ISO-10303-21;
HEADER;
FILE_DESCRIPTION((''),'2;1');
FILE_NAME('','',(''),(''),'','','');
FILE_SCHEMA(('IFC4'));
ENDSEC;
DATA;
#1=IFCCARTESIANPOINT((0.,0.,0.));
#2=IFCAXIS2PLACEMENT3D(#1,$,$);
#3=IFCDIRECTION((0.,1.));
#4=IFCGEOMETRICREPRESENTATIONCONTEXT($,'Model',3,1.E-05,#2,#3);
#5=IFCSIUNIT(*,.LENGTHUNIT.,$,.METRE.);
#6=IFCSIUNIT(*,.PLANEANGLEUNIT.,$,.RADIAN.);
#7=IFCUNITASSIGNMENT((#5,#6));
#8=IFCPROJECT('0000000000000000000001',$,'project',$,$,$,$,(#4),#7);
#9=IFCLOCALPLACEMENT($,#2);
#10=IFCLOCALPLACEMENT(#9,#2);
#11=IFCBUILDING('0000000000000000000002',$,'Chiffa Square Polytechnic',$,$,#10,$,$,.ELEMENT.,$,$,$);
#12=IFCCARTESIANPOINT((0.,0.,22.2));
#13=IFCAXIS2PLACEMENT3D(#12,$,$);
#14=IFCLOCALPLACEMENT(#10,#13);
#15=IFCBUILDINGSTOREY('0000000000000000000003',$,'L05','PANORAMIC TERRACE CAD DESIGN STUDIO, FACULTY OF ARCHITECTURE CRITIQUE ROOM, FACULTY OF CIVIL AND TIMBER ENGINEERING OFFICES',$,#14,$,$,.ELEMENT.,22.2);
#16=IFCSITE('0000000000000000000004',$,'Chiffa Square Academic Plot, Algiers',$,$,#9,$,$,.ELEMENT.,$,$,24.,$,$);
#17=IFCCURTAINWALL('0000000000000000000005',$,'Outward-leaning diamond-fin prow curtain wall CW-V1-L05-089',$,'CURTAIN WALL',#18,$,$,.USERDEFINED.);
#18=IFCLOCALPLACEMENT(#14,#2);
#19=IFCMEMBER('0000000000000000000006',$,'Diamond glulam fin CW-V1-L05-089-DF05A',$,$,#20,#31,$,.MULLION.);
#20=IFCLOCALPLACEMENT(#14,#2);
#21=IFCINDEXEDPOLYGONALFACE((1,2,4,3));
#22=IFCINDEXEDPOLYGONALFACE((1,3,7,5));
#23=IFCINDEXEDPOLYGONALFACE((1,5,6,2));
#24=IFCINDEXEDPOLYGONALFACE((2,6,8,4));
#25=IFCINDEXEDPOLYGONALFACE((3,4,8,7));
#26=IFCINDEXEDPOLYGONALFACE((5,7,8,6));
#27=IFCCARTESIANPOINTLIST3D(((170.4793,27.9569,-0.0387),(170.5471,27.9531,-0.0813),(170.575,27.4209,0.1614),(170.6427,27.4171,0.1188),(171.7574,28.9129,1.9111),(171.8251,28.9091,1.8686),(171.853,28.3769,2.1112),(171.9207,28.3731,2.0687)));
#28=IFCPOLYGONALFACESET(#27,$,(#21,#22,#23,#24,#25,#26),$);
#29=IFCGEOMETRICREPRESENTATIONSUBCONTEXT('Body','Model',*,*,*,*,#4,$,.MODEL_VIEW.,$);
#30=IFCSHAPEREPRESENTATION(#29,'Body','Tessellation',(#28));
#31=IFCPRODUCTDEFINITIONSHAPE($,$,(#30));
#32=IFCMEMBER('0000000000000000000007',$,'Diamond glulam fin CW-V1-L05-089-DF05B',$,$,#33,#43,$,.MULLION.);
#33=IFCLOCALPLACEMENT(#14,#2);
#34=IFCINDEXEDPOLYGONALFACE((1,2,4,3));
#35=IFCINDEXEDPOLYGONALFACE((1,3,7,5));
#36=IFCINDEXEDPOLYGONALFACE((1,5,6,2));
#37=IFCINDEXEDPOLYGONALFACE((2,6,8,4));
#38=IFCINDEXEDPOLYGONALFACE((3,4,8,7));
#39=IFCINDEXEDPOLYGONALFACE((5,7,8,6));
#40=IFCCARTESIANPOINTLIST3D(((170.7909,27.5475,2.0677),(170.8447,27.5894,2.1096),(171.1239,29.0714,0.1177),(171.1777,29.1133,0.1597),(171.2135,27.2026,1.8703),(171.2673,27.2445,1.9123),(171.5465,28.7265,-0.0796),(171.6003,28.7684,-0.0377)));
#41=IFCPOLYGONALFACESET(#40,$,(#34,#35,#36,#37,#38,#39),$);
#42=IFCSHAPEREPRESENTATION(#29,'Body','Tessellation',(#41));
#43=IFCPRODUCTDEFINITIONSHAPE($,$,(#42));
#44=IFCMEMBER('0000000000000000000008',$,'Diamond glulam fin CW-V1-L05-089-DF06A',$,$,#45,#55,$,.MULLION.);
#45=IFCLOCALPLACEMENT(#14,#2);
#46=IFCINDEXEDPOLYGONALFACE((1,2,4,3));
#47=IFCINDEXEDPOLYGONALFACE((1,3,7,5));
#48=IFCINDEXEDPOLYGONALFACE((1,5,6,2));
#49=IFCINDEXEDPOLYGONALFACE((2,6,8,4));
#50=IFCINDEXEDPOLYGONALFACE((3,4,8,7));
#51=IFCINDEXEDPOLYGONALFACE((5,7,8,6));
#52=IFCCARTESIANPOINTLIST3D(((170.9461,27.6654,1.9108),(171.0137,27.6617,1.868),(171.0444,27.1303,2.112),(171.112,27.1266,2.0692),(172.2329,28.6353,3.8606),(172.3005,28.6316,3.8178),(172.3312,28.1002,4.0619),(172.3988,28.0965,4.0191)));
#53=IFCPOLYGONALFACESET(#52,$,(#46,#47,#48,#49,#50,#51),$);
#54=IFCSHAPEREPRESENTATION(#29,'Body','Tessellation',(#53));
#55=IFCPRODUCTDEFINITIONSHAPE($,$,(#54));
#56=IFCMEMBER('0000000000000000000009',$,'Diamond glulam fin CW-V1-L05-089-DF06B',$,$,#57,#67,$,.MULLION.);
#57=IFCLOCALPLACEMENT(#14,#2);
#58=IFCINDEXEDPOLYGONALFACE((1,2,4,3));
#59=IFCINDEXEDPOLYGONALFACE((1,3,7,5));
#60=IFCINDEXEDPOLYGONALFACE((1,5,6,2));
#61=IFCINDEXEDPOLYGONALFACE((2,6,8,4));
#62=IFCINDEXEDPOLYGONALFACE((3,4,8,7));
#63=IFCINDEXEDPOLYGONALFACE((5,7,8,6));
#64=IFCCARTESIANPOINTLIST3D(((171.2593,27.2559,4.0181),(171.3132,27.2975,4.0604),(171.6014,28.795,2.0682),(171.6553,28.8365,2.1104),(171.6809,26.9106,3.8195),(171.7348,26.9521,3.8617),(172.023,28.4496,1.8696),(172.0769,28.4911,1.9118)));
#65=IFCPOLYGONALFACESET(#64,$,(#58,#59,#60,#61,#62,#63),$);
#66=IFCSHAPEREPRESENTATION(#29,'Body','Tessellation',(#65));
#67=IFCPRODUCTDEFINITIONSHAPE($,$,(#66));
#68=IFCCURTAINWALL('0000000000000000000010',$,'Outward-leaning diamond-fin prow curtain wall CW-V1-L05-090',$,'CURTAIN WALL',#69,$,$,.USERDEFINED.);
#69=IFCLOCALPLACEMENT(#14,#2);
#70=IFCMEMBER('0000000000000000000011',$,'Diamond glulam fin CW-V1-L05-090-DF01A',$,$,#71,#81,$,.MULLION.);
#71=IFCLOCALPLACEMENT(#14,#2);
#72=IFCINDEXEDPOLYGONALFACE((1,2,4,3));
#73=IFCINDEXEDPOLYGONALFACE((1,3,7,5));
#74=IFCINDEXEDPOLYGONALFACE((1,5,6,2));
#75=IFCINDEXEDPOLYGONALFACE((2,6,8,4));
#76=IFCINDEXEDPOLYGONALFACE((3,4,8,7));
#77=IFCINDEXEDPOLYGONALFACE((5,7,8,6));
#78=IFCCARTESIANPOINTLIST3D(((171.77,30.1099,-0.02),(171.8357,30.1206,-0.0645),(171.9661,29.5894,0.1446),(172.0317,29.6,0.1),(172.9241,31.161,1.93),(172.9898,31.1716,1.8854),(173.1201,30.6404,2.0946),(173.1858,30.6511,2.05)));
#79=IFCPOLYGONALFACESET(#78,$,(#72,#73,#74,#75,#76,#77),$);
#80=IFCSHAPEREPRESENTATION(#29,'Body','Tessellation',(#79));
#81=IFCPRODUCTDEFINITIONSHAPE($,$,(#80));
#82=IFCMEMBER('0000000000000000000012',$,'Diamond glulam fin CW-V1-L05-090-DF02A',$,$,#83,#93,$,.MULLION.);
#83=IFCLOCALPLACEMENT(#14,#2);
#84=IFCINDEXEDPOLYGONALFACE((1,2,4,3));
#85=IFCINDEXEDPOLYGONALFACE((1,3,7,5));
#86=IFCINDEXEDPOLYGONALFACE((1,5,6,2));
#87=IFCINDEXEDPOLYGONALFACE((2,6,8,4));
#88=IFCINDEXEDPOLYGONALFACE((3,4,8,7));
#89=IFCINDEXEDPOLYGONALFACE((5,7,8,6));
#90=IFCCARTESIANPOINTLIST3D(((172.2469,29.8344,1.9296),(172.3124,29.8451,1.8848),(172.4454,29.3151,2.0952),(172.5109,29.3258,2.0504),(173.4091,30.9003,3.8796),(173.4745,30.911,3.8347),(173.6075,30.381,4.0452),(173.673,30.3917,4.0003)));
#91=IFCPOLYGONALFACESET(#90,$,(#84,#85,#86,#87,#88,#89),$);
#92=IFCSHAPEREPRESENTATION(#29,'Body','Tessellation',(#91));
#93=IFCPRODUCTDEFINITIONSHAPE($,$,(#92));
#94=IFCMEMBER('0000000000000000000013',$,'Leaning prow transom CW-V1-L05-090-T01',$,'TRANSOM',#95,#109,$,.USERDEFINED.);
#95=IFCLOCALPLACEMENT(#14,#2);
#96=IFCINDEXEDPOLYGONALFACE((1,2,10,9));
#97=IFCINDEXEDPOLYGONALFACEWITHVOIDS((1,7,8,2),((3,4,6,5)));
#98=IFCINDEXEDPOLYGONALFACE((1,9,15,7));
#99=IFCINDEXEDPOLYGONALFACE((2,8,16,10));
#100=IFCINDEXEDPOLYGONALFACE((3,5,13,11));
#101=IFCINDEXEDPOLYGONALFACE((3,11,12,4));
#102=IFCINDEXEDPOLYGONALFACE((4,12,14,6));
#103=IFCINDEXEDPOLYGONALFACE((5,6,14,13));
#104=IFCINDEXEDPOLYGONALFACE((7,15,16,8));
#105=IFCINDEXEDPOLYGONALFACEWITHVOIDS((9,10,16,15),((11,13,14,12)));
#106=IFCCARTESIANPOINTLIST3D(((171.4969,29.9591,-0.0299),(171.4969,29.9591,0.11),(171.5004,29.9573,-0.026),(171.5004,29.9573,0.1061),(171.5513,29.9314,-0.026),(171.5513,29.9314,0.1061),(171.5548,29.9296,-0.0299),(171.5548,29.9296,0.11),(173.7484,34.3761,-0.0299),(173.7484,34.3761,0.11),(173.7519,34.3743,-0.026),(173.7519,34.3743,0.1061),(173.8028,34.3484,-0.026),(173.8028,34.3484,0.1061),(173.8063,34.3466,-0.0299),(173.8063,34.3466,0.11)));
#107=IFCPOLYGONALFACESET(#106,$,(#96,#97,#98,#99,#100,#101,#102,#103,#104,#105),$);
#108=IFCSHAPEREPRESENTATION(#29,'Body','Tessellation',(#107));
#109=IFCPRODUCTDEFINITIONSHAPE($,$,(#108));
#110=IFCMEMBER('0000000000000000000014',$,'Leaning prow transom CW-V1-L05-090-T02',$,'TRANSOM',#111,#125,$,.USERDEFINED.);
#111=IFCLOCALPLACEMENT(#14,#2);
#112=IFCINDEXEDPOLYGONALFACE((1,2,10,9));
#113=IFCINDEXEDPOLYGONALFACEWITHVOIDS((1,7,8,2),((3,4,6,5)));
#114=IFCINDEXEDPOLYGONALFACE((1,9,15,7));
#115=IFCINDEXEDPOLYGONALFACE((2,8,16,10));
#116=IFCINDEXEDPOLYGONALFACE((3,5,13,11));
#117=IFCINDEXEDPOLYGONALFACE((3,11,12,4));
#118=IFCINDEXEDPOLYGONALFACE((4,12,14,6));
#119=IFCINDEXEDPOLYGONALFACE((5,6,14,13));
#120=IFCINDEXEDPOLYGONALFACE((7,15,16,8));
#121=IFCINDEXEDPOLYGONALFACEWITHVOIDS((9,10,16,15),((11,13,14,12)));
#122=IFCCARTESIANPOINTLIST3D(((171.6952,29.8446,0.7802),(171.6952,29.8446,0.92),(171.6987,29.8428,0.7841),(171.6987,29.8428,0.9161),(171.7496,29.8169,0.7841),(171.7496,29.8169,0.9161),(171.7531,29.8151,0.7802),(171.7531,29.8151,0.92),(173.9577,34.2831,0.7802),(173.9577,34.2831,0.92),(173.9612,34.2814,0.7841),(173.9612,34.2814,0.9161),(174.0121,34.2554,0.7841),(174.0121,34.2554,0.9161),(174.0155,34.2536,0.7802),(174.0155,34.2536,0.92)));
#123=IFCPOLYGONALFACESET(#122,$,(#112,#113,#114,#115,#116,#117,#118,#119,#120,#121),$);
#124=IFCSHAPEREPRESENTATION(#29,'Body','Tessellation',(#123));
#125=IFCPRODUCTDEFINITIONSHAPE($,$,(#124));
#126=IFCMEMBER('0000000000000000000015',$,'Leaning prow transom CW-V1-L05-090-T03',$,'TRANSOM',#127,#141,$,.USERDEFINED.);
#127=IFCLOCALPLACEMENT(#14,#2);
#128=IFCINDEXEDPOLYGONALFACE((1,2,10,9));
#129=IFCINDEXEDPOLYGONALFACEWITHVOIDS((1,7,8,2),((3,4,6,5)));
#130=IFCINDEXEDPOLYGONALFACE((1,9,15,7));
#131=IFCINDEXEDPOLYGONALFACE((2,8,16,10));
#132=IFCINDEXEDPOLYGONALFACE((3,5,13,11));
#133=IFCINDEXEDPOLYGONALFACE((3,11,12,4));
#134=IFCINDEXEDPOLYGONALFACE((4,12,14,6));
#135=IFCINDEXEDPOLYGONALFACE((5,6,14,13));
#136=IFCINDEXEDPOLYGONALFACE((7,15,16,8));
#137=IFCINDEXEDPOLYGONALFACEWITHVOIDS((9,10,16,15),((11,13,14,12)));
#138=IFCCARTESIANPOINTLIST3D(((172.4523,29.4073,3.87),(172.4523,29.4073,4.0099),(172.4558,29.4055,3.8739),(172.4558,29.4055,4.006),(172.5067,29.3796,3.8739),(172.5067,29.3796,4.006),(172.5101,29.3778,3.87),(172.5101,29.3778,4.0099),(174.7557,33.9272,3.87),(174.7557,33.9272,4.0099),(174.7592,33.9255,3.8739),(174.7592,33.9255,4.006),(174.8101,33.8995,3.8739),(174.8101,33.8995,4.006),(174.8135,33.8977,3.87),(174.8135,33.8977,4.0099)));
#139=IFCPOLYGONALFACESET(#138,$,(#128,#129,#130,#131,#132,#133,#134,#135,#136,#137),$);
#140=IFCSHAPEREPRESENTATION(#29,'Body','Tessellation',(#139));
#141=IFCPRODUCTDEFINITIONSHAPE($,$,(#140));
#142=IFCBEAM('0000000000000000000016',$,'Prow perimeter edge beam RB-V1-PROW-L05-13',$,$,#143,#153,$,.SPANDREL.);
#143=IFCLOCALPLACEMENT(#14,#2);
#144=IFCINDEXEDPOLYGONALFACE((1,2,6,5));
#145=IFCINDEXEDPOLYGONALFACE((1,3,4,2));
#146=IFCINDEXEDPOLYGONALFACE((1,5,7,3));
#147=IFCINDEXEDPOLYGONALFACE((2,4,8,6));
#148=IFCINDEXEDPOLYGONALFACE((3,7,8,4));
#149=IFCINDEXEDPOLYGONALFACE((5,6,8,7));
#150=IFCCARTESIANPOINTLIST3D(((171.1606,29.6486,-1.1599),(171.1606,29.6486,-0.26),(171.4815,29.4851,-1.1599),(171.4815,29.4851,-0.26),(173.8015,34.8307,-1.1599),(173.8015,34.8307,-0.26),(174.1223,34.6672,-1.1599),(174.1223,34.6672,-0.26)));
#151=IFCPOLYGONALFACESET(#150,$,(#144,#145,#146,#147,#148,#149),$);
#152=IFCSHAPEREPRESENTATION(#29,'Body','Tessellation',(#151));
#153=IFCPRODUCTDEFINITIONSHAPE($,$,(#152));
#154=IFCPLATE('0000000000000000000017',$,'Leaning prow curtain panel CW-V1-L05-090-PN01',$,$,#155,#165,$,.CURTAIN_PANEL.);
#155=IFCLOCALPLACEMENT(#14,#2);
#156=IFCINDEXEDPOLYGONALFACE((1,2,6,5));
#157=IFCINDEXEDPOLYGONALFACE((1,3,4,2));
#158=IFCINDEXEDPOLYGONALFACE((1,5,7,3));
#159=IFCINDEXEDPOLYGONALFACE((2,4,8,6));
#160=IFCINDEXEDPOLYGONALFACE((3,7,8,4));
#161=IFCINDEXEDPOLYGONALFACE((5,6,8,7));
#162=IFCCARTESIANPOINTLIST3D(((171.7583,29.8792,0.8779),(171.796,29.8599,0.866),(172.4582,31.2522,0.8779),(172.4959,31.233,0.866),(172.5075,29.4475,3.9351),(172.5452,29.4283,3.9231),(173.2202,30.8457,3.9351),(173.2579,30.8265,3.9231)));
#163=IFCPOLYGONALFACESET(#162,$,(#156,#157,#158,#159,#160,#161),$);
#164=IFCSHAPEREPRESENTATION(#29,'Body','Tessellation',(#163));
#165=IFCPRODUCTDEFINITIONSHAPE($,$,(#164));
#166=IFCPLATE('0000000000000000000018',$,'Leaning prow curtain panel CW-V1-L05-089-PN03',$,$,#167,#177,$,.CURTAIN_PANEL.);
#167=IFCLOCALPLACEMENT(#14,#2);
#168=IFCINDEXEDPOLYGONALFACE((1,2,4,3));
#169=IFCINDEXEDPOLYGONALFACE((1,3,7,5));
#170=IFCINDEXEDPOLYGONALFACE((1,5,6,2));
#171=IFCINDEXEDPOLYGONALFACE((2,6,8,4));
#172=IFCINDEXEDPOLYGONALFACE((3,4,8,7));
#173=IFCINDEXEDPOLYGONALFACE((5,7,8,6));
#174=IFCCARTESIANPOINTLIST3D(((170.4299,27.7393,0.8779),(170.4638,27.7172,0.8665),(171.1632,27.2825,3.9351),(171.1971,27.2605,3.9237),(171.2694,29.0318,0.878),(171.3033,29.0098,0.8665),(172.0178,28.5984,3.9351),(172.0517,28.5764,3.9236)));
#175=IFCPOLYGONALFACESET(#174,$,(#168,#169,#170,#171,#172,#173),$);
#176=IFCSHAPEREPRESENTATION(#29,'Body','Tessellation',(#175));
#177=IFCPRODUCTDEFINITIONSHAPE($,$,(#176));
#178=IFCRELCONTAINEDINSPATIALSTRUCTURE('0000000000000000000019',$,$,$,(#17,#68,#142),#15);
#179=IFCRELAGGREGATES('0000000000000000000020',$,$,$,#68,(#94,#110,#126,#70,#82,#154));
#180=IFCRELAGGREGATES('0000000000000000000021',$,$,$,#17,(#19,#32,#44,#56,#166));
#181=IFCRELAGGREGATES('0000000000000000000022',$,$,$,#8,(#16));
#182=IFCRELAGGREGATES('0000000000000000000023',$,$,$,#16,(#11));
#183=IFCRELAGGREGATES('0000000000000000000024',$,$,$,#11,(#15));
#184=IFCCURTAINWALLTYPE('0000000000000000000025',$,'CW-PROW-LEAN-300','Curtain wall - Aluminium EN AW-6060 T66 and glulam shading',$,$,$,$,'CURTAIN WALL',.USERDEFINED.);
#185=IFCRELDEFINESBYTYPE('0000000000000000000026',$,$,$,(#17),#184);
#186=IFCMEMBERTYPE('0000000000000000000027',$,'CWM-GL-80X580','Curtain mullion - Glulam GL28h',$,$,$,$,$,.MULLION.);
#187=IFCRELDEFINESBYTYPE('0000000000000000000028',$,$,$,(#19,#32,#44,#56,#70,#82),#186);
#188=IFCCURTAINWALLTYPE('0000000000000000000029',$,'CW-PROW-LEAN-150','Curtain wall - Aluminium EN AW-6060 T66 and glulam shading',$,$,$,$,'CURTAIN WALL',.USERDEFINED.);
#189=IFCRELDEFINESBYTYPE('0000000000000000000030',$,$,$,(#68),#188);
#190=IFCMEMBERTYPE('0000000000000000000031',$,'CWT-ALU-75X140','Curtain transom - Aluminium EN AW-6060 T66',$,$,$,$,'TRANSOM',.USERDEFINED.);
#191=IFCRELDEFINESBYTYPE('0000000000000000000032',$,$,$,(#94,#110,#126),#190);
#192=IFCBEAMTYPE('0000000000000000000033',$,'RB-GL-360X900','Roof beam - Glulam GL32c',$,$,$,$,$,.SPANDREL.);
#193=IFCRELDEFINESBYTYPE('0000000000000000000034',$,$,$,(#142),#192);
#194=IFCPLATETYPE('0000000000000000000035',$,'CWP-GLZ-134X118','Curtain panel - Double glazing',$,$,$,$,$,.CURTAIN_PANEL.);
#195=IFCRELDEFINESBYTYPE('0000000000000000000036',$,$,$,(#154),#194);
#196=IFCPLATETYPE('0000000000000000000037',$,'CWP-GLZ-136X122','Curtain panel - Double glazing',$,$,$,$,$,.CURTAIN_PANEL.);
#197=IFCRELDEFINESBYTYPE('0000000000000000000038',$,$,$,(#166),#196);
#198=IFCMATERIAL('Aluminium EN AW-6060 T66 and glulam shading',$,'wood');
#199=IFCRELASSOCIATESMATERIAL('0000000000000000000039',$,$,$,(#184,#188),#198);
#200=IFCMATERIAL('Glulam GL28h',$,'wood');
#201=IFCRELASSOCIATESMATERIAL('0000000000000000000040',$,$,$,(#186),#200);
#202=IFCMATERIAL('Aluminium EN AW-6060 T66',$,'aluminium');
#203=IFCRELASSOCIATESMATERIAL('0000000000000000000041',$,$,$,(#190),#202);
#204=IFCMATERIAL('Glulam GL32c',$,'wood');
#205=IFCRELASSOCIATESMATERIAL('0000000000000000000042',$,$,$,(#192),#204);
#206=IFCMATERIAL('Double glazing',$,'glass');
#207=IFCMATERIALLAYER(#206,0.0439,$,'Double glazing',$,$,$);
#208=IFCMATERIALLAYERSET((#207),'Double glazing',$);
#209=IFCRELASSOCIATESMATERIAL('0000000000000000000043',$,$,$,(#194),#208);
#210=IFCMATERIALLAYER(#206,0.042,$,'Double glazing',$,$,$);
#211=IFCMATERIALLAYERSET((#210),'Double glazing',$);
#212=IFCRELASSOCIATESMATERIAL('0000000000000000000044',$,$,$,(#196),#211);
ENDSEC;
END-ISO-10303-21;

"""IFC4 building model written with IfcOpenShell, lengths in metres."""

from ifc_helpers import new_model, si_unit, direction, frame, origin, origin_2d, place, context, subcontext, project, spatial, polyline, rectangle, hollow_rectangle, outline, extrude, material, layer, layer_set, material_profile, profile_set, type_object, element, aggregate, save


model = new_model("IFC4")

# Units and contexts
model_context = context("Model", 3, precision=1e-05, world=origin(), true_north=direction((0.0, 1.0)))
body_context = subcontext(model_context, "Body", "Model", "MODEL_VIEW")
ifc_project = project(units=[si_unit("LENGTHUNIT", "METRE"), si_unit("PLANEANGLEUNIT", "RADIAN")], contexts=[model_context])

# Site, building, storey
site_placement = place(None, origin())
site = spatial("IfcSite", under=ifc_project, at=site_placement, Name="Chiffa Square Academic Plot, Algiers", CompositionType="ELEMENT", RefElevation=24.0)
building_placement = place(site_placement, origin())
building = spatial("IfcBuilding", under=site, at=building_placement, Name="Chiffa Square Polytechnic", CompositionType="ELEMENT")
storey_placement = place(building_placement, frame((0.0, 0.0, 22.2)))
storey = spatial("IfcBuildingStorey", under=building, at=storey_placement, Name="L05", Description="PANORAMIC TERRACE CAD DESIGN STUDIO, FACULTY OF ARCHITECTURE CRITIQUE ROOM, FACULTY OF CIVIL AND TIMBER ENGINEERING OFFICES", CompositionType="ELEMENT", Elevation=22.2)

# Shared definitions
ifc_material_1 = material(Name="Glulam GL32c", Category="wood")

# Curtain walls, members
ifc_material_2 = material(Name="Aluminium EN AW-6060 T66 and glulam shading", Category="wood")
curtain_wall_type_1 = type_object("IfcCurtainWallType", Name="CW-PROW-LEAN-300", Description="Curtain wall - Aluminium EN AW-6060 T66 and glulam shading", ElementType="CURTAIN WALL", PredefinedType="USERDEFINED", material=ifc_material_2)
curtain_wall_1_placement = place(storey_placement, origin())
curtain_wall_1 = element("IfcCurtainWall", 1, at=curtain_wall_1_placement, inside=storey, type_object=curtain_wall_type_1, Name="Outward-leaning diamond-fin prow curtain wall CW-V1-L05-089", ObjectType="CURTAIN WALL", PredefinedType="USERDEFINED")
ifc_material_3 = material(Name="Aluminium EN AW-6060 T66", Category="aluminium")
ifc_material_4 = material(Name="Glulam GL28h", Category="wood")
ifc_material_profile_1 = material_profile(ifc_material_4, rectangle(XDim=0.0801, YDim=0.5801, at=origin_2d()), Name="GL28h 80x580")
ifc_profile_set_1 = profile_set([ifc_material_profile_1], Name="Glulam GL28h")
member_type_1 = type_object("IfcMemberType", Name="CWM-GL-80X580", Description="Curtain mullion - Glulam GL28h", PredefinedType="MULLION", material=ifc_profile_set_1)
member_1_placement = place(storey_placement, frame((170.561, 27.687, 0.04), z_axis=(0.507196, 0.379404, 0.773825), x_axis=(-0.845912, 0.047382, 0.531214)))
member_1 = element("IfcMember", 2, at=member_1_placement, type_object=member_type_1, Name="Diamond glulam fin CW-V1-L05-089-DF05A", PredefinedType="MULLION", context=body_context, shape_type="SweptSolid", body=[
    extrude(rectangle(XDim=0.0801, YDim=0.5801, at=origin_2d()), origin(), (0.0, 0.0, 1.0), 2.5198),
])
member_2_placement = place(storey_placement, frame((171.3621, 28.9199, 0.04), z_axis=(-0.133357, -0.610276, 0.780883), x_axis=(0.671894, 0.523536, 0.523898)))
member_2 = element("IfcMember", 3, at=member_2_placement, type_object=member_type_1, Name="Diamond glulam fin CW-V1-L05-089-DF05B", PredefinedType="MULLION", context=body_context, shape_type="SweptSolid", body=[
    extrude(rectangle(XDim=0.0801, YDim=0.5801, at=origin_2d()), origin(), (0.0, 0.0, 1.0), 2.4971),
])
member_3_placement = place(storey_placement, frame((171.0291, 27.396, 1.99), z_axis=(0.508711, 0.383439, 0.770836), x_axis=(-0.844077, 0.045805, 0.534262)))
member_3 = element("IfcMember", 4, at=member_3_placement, type_object=member_type_1, Name="Diamond glulam fin CW-V1-L05-089-DF06A", PredefinedType="MULLION", context=body_context, shape_type="SweptSolid", body=[
    extrude(rectangle(XDim=0.0801, YDim=0.5801, at=origin_2d()), origin(), (0.0, 0.0, 1.0), 2.5295),
])
member_4_placement = place(storey_placement, frame((171.8391, 28.6431, 1.99), z_axis=(-0.136402, -0.613761, 0.777619), x_axis=(0.673153, 0.518476, 0.527302)))
member_4 = element("IfcMember", 5, at=member_4_placement, type_object=member_type_1, Name="Diamond glulam fin CW-V1-L05-089-DF06B", PredefinedType="MULLION", context=body_context, shape_type="SweptSolid", body=[
    extrude(rectangle(XDim=0.0801, YDim=0.5801, at=origin_2d()), origin(), (0.0, 0.0, 1.0), 2.5076),
])
curtain_wall_type_2 = type_object("IfcCurtainWallType", Name="CW-PROW-LEAN-150", Description="Curtain wall - Aluminium EN AW-6060 T66 and glulam shading", ElementType="CURTAIN WALL", PredefinedType="USERDEFINED", material=ifc_material_2)
curtain_wall_2_placement = place(storey_placement, origin())
curtain_wall_2 = element("IfcCurtainWall", 6, at=curtain_wall_2_placement, inside=storey, type_object=curtain_wall_type_2, Name="Outward-leaning diamond-fin prow curtain wall CW-V1-L05-090", ObjectType="CURTAIN WALL", PredefinedType="USERDEFINED")
member_5_placement = place(storey_placement, frame((171.9009, 29.855, 0.04), z_axis=(0.462035, 0.420787, 0.78068), x_axis=(-0.819964, -0.132713, 0.556817)))
member_5 = element("IfcMember", 7, at=member_5_placement, type_object=member_type_1, Name="Diamond glulam fin CW-V1-L05-090-DF01A", PredefinedType="MULLION", context=body_context, shape_type="SweptSolid", body=[
    extrude(rectangle(XDim=0.0801, YDim=0.5801, at=origin_2d()), origin(), (0.0, 0.0, 1.0), 2.4978),
])
member_6_placement = place(storey_placement, frame((172.3789, 29.5801, 1.99), z_axis=(0.463401, 0.425043, 0.777559), x_axis=(-0.81744, -0.133737, 0.560274)))
member_6 = element("IfcMember", 8, at=member_6_placement, type_object=member_type_1, Name="Diamond glulam fin CW-V1-L05-090-DF02A", PredefinedType="MULLION", context=body_context, shape_type="SweptSolid", body=[
    extrude(rectangle(XDim=0.0801, YDim=0.5801, at=origin_2d()), origin(), (0.0, 0.0, 1.0), 2.5078),
])
ifc_material_profile_2 = material_profile(ifc_material_3, hollow_rectangle(XDim=0.0649, YDim=0.1399, WallThickness=0.0039, at=origin_2d()), Name="ALU 65x140x4")
ifc_profile_set_2 = profile_set([ifc_material_profile_2], Name="Aluminium EN AW-6060 T66")
member_type_2 = type_object("IfcMemberType", Name="CWT-ALU-75X140", Description="Curtain transom - Aluminium EN AW-6060 T66", ElementType="TRANSOM", PredefinedType="USERDEFINED", material=ifc_profile_set_2)
member_7_placement = place(storey_placement, frame((171.5259, 29.9443, 0.04), z_axis=(0.454134, 0.890933, 0.0), x_axis=(-0.890933, 0.454134, 0.0)))
member_7 = element("IfcMember", 9, at=member_7_placement, type_object=member_type_2, Name="Leaning prow transom CW-V1-L05-090-T01", ObjectType="TRANSOM", PredefinedType="USERDEFINED", context=body_context, shape_type="SweptSolid", body=[
    extrude(hollow_rectangle(XDim=0.0649, YDim=0.1399, WallThickness=0.0039, at=origin_2d()), origin(), (0.0, 0.0, 1.0), 4.9578),
])
member_8_placement = place(storey_placement, frame((171.7241, 29.8298, 0.8501), z_axis=(0.454139, 0.890931, 0.0), x_axis=(-0.890931, 0.454139, 0.0)))
member_8 = element("IfcMember", 10, at=member_8_placement, type_object=member_type_2, Name="Leaning prow transom CW-V1-L05-090-T02", ObjectType="TRANSOM", PredefinedType="USERDEFINED", context=body_context, shape_type="SweptSolid", body=[
    extrude(hollow_rectangle(XDim=0.0649, YDim=0.1399, WallThickness=0.0039, at=origin_2d()), origin(), (0.0, 0.0, 1.0), 4.9819),
])
member_9_placement = place(storey_placement, frame((172.4812, 29.3926, 3.9399), z_axis=(0.454053, 0.890974, 0.0), x_axis=(-0.890974, 0.454053, 0.0)))
member_9 = element("IfcMember", 11, at=member_9_placement, type_object=member_type_2, Name="Leaning prow transom CW-V1-L05-090-T03", ObjectType="TRANSOM", PredefinedType="USERDEFINED", context=body_context, shape_type="SweptSolid", body=[
    extrude(hollow_rectangle(XDim=0.0649, YDim=0.1399, WallThickness=0.0039, at=origin_2d()), origin(), (0.0, 0.0, 1.0), 5.073),
])

# Beam
ifc_material_profile_3 = material_profile(ifc_material_1, rectangle(XDim=0.3601, YDim=0.8999, at=origin_2d()), Name="GL32c 360x900")
ifc_profile_set_3 = profile_set([ifc_material_profile_3], Name="Glulam GL32c")
beam_type_1 = type_object("IfcBeamType", Name="RB-GL-360X900", Description="Roof beam - Glulam GL32c", PredefinedType="SPANDREL", material=ifc_profile_set_3)
beam_1_placement = place(storey_placement, frame((171.321, 29.5669, -0.71), z_axis=(0.454051, 0.890976, 0.0), x_axis=(-0.890976, 0.454051, 0.0)))
element("IfcBeam", 12, at=beam_1_placement, inside=storey, type_object=beam_type_1, Name="Prow perimeter edge beam RB-V1-PROW-L05-13", PredefinedType="SPANDREL", context=body_context, shape_type="SweptSolid", body=[
    extrude(rectangle(XDim=0.3601, YDim=0.8999, at=origin_2d()), origin(), (0.0, 0.0, 1.0), 5.8162),
])

# Plates
ifc_material_5 = material(Name="Double glazing", Category="glass")
ifc_layer_1 = layer(ifc_material_5, 0.0439, Name="Double glazing")
ifc_layer_set_1 = layer_set([ifc_layer_1], Name="Double glazing")
plate_type_1 = type_object("IfcPlateType", Name="CWP-GLZ-134X118", Description="Curtain panel - Double glazing", PredefinedType="CURTAIN_PANEL", material=ifc_layer_set_1)
plate_1_placement = place(storey_placement, frame((171.7583, 29.8792, 0.8779), z_axis=(-0.857385, 0.437039, 0.271824), x_axis=(0.454141, 0.89093, 0.000009)))
plate_1 = element("IfcPlate", 13, at=plate_1_placement, type_object=plate_type_1, Name="Leaning prow curtain panel CW-V1-L05-090-PN01", PredefinedType="CURTAIN_PANEL", context=body_context, shape_type="SweptSolid", body=[
    extrude(outline(polyline([(0.0, 0.0), (1.5412, 0.0), (1.5251, -3.1767), (-0.0443, -3.1768), (0.0, 0.0)])), origin(), (0.0, 0.0, -1.0), 0.0439),
])
aggregate(curtain_wall_2, [member_7, member_8, member_9, member_5, member_6, plate_1])
ifc_layer_2 = layer(ifc_material_5, 0.042, Name="Double glazing")
ifc_layer_set_2 = layer_set([ifc_layer_2], Name="Double glazing")
plate_type_2 = type_object("IfcPlateType", Name="CWP-GLZ-136X122", Description="Curtain panel - Double glazing", PredefinedType="CURTAIN_PANEL", material=ifc_layer_set_2)
plate_2_placement = place(storey_placement, frame((170.4299, 27.7393, 0.8779), z_axis=(-0.807052, 0.524161, 0.271885), x_axis=(0.544685, 0.838641, 0.000023)))
plate_2 = element("IfcPlate", 14, at=plate_2_placement, type_object=plate_type_2, Name="Leaning prow curtain panel CW-V1-L05-089-PN03", PredefinedType="CURTAIN_PANEL", context=body_context, shape_type="SweptSolid", body=[
    extrude(outline(polyline([(0.0, 0.0), (1.5412, 0.0), (1.5855, -3.1768), (0.0165, -3.1768), (0.0, 0.0)])), origin(), (0.0, 0.0, -1.0), 0.042),
])
aggregate(curtain_wall_1, [member_1, member_2, member_3, member_4, plate_2])

save(model, "model.ifc")
